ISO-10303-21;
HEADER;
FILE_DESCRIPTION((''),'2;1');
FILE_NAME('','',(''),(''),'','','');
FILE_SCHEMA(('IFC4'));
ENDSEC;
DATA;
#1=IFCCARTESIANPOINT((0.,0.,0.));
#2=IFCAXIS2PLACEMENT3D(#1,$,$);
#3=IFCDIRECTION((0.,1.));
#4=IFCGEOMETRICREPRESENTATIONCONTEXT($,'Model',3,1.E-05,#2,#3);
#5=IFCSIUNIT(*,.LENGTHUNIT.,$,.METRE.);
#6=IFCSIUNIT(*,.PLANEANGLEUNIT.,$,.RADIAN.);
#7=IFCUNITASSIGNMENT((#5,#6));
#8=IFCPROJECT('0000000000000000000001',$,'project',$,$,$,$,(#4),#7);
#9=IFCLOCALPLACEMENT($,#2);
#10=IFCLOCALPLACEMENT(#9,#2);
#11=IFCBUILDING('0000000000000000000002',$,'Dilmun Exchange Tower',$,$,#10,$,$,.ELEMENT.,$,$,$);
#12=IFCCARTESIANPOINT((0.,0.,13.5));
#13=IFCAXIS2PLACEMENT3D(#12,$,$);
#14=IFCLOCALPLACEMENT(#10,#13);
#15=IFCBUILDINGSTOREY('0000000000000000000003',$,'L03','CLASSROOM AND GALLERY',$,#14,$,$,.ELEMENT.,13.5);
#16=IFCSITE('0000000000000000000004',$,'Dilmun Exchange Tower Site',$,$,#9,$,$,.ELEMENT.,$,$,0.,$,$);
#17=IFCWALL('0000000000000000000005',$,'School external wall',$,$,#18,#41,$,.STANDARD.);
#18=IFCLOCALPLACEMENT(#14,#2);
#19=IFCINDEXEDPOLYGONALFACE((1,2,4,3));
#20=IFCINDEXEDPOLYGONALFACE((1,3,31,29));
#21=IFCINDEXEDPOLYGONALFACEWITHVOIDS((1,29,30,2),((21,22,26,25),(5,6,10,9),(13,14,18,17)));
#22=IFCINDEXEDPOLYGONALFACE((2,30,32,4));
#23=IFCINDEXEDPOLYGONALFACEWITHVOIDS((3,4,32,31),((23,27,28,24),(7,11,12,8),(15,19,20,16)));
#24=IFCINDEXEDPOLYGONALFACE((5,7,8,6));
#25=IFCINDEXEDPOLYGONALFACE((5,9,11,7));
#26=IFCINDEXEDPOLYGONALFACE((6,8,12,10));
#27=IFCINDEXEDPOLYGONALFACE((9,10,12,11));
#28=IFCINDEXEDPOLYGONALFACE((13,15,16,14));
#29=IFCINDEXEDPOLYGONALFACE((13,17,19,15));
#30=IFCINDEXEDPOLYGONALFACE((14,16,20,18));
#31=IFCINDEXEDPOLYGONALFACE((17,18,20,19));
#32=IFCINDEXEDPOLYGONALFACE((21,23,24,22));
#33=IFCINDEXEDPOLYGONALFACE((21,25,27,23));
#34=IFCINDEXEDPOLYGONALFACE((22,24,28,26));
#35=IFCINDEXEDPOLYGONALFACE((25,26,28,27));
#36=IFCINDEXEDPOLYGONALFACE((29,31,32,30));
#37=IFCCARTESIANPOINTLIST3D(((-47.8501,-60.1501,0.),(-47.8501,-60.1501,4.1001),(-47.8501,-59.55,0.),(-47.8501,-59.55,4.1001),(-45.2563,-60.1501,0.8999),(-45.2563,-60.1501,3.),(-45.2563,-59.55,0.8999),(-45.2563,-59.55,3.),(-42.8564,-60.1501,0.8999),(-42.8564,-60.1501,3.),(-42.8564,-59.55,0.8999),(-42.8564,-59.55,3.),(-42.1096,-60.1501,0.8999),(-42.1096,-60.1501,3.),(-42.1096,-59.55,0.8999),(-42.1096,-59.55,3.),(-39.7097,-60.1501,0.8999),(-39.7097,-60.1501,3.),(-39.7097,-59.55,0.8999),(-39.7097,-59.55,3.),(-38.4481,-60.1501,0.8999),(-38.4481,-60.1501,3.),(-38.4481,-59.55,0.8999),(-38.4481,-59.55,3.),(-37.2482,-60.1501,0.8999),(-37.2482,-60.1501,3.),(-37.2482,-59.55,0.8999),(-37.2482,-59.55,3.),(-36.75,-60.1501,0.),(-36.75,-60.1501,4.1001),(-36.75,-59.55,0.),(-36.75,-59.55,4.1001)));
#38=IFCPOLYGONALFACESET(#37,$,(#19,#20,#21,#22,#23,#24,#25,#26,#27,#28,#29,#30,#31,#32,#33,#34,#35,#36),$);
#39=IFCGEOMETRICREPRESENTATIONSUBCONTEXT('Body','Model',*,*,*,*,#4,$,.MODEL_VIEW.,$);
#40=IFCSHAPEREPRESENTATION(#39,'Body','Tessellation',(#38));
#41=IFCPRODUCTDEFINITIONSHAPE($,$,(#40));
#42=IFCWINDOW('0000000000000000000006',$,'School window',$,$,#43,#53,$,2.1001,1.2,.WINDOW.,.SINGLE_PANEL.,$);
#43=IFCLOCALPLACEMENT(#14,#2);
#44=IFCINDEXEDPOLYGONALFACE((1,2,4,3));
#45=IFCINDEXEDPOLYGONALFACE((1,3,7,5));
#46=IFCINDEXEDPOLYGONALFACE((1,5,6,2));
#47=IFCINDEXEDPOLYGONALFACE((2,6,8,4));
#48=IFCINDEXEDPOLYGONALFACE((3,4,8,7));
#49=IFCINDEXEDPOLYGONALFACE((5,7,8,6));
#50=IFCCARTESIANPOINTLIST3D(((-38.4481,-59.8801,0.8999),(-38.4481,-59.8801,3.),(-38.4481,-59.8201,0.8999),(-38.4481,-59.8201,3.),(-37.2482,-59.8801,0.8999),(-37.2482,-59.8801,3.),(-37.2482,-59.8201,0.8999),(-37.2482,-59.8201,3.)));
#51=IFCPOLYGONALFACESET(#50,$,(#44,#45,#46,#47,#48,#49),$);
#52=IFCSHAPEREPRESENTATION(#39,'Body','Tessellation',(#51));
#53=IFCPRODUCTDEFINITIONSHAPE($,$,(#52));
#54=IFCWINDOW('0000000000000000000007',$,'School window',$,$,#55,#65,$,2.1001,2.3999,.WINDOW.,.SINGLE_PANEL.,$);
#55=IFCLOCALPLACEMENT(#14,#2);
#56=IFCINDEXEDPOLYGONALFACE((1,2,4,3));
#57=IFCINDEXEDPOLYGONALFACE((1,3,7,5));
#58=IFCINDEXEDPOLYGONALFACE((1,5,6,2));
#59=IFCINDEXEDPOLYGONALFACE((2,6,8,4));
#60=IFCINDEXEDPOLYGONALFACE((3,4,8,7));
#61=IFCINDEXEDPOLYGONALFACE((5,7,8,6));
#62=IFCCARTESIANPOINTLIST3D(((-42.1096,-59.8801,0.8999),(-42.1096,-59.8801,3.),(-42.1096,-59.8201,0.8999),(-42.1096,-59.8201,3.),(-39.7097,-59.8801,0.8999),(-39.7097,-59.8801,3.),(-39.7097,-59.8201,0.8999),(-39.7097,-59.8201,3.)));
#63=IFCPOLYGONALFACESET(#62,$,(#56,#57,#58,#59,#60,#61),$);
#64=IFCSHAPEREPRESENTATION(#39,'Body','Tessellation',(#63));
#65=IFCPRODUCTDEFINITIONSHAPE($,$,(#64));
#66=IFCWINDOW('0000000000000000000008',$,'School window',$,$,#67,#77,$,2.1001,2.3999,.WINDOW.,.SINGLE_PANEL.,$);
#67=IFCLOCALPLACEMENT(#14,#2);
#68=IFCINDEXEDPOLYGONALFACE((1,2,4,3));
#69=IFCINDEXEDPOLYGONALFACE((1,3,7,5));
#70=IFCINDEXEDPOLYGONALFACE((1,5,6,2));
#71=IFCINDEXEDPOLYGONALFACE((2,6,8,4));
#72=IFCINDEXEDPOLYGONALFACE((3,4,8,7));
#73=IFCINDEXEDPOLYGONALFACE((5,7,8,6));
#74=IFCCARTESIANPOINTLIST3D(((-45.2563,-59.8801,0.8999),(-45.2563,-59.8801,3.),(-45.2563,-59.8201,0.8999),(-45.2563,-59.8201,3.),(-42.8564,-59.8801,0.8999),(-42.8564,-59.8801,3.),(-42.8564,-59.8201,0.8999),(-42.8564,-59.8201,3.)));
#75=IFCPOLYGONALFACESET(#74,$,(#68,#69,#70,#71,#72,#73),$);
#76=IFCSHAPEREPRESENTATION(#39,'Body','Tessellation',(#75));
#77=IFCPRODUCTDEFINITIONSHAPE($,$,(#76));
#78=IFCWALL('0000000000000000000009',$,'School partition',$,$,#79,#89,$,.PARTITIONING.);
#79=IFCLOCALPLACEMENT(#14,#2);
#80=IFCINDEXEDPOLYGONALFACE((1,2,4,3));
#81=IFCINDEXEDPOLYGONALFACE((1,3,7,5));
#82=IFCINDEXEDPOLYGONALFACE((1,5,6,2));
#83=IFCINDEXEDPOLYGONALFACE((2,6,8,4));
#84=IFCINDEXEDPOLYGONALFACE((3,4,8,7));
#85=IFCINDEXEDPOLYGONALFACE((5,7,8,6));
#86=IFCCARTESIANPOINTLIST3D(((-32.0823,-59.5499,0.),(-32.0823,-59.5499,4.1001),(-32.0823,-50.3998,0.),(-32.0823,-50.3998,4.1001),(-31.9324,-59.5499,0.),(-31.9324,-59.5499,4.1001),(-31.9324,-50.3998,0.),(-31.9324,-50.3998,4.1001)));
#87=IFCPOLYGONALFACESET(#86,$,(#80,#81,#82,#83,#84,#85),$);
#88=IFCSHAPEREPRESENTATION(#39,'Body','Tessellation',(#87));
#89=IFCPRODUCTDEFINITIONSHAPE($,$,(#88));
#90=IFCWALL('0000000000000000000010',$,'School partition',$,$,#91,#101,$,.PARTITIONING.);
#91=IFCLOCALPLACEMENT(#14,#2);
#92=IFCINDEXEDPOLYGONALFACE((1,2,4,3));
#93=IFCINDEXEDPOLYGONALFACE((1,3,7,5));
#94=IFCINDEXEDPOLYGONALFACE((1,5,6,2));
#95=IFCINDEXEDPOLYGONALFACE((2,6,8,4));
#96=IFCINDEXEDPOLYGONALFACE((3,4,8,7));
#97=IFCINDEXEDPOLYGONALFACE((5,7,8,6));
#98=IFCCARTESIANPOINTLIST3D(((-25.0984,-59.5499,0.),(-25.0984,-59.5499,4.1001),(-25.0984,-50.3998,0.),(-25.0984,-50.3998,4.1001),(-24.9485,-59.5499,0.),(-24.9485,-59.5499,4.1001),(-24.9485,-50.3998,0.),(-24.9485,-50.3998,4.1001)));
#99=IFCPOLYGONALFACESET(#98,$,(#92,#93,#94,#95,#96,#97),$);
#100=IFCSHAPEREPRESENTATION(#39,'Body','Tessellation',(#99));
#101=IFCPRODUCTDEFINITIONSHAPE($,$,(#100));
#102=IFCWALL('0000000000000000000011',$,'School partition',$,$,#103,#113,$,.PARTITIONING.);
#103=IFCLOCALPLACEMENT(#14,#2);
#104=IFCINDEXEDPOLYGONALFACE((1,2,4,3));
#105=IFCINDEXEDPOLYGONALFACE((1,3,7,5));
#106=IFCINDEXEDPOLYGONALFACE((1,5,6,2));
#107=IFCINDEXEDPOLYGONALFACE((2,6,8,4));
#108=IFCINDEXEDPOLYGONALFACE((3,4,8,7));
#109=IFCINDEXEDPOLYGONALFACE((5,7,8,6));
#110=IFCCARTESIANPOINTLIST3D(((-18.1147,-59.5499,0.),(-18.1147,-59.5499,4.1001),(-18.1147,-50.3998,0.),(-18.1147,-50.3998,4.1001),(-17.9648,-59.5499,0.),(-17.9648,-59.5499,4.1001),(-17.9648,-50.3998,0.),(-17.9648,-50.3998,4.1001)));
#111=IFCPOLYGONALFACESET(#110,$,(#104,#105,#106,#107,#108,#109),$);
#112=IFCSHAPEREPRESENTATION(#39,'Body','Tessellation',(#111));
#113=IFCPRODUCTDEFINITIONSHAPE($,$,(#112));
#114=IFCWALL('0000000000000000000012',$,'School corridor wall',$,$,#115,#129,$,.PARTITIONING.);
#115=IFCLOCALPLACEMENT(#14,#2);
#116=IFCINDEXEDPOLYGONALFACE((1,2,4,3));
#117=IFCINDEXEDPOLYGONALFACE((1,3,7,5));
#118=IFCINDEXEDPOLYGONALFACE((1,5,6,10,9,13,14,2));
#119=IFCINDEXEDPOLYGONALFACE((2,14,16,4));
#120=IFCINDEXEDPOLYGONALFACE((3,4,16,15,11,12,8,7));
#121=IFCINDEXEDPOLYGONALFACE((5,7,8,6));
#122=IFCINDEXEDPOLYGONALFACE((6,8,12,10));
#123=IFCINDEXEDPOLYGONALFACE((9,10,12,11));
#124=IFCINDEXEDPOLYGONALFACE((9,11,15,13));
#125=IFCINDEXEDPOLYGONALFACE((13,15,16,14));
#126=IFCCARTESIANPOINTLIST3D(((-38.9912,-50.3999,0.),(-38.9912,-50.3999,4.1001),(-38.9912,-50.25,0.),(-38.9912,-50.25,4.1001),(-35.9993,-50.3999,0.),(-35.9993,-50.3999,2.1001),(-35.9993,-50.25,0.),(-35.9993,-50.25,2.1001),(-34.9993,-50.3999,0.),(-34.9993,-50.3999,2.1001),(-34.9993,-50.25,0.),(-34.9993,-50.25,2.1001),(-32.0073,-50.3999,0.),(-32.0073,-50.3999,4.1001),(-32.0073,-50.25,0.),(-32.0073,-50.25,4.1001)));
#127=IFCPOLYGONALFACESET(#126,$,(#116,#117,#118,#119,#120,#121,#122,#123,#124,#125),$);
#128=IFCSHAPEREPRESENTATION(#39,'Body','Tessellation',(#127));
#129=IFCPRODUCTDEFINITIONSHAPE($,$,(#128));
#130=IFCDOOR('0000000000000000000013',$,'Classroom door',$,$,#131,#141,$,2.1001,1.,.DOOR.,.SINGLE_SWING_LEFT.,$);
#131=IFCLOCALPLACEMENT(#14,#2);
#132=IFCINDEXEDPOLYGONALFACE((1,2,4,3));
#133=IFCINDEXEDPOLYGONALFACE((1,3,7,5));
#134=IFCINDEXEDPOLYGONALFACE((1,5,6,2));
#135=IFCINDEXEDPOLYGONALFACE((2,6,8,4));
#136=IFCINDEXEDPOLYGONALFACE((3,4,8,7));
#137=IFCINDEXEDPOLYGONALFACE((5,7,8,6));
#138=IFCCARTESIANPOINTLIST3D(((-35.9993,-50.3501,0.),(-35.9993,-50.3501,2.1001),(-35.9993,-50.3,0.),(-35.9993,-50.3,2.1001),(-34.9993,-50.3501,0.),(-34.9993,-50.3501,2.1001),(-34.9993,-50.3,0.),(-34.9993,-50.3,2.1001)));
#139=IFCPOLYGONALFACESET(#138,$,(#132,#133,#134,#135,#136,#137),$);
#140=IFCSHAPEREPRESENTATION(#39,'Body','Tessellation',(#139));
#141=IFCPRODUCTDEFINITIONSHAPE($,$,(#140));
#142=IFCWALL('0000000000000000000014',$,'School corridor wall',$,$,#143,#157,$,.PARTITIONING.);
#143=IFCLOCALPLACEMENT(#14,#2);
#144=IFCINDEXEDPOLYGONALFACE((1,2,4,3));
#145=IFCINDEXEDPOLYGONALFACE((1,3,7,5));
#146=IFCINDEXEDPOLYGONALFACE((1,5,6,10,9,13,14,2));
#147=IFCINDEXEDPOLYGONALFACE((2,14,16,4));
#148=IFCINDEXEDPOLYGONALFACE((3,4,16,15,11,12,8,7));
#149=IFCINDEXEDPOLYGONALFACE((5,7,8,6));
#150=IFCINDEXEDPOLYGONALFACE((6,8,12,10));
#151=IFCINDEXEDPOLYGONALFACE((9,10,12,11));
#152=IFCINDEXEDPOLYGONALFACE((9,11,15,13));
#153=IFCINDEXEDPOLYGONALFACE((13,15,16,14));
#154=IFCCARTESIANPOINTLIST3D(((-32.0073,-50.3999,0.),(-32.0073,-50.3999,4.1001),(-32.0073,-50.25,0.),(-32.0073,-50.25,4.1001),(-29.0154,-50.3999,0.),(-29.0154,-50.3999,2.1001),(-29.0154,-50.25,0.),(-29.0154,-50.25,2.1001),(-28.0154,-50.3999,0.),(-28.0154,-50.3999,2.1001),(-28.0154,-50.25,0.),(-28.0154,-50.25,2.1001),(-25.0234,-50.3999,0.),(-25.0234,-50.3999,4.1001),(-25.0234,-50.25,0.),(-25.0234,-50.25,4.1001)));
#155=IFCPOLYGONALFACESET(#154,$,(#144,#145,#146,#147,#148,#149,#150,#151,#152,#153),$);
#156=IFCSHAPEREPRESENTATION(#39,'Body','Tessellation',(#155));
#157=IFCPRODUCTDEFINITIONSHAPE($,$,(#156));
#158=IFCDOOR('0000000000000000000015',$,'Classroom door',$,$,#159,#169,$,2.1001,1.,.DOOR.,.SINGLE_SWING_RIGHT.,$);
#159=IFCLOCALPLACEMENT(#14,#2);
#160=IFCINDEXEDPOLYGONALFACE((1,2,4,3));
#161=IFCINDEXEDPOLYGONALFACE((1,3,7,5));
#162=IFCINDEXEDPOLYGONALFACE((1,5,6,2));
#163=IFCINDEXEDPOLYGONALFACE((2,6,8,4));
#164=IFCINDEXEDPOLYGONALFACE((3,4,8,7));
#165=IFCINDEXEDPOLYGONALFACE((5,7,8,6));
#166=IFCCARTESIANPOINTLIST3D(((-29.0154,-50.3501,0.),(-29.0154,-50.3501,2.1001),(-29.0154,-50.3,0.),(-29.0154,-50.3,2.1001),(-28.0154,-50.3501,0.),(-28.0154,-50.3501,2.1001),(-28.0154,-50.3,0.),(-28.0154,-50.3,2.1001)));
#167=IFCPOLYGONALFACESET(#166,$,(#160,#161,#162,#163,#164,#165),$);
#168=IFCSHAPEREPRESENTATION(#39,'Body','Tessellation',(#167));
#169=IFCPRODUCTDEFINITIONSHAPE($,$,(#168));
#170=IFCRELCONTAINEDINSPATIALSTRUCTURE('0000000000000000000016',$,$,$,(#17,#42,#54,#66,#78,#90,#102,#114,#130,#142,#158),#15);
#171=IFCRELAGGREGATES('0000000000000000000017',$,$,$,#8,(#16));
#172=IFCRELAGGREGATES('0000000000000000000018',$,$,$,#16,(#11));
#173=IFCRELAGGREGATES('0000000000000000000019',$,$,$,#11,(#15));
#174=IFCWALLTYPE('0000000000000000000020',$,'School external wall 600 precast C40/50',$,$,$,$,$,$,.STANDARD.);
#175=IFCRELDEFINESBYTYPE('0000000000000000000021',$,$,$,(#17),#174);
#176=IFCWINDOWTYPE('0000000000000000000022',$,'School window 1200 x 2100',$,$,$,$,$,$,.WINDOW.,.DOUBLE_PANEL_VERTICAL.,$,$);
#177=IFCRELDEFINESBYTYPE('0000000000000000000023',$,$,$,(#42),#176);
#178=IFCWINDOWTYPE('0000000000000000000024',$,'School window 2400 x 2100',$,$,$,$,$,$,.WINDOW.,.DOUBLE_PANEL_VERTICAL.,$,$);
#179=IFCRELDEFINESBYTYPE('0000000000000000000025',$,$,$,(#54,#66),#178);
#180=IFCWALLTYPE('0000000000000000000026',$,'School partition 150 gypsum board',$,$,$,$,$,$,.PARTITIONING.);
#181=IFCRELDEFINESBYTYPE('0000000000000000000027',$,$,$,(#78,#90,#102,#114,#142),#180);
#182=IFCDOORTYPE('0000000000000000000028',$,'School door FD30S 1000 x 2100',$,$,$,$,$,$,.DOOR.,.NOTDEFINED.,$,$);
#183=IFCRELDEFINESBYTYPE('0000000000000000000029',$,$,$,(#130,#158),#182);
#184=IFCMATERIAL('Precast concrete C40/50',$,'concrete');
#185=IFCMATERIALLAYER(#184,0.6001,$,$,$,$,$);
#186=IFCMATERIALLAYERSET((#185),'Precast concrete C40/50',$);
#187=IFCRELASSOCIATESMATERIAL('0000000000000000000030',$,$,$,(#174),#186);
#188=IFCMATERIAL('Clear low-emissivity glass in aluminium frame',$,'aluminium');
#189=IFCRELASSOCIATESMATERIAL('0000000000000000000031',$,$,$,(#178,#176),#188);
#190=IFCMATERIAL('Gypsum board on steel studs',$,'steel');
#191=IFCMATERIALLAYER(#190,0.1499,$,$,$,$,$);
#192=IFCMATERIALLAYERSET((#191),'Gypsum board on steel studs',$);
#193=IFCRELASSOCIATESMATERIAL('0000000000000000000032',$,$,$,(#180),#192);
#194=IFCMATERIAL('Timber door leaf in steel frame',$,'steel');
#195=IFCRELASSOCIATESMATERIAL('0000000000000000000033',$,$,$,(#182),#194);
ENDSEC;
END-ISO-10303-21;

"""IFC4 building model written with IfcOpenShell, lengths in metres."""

from ifc_helpers import new_model, si_unit, direction, frame, frame_2d, origin, place, context, subcontext, project, spatial, rectangle, extrude, material, layer, layer_set, type_object, element, fill, save


model = new_model("IFC4")

# Units and contexts
model_context = context("Model", 3, precision=1e-05, world=origin(), true_north=direction((0.0, 1.0)))
body_context = subcontext(model_context, "Body", "Model", "MODEL_VIEW")
ifc_project = project(units=[si_unit("LENGTHUNIT", "METRE"), si_unit("PLANEANGLEUNIT", "RADIAN")], contexts=[model_context])

# Site, building, storey
site_placement = place(None, origin())
site = spatial("IfcSite", under=ifc_project, at=site_placement, Name="Dilmun Exchange Tower Site", CompositionType="ELEMENT", RefElevation=0.0)
building_placement = place(site_placement, origin())
building = spatial("IfcBuilding", under=site, at=building_placement, Name="Dilmun Exchange Tower", CompositionType="ELEMENT")
storey_placement = place(building_placement, frame((0.0, 0.0, 13.5)))
storey = spatial("IfcBuildingStorey", under=building, at=storey_placement, Name="L03", Description="CLASSROOM AND GALLERY", CompositionType="ELEMENT", Elevation=13.5)

# Wall, openings, windows
ifc_material_1 = material(Name="Precast concrete C40/50", Category="concrete")
ifc_layer_1 = layer(ifc_material_1, 0.6001)
ifc_layer_set_1 = layer_set([ifc_layer_1], Name="Precast concrete C40/50")
wall_type_1 = type_object("IfcWallType", Name="School external wall 600 precast C40/50", PredefinedType="STANDARD", material=ifc_layer_set_1)
ifc_material_2 = material(Name="Clear low-emissivity glass in aluminium frame", Category="aluminium")
window_type_1 = type_object("IfcWindowType", Name="School window 2400 x 2100", PartitioningType="DOUBLE_PANEL_VERTICAL", PredefinedType="WINDOW", material=ifc_material_2)
wall_1_placement = place(storey_placement, frame((-36.75, -59.8501, 0.0), z_axis=(0.0, 0.0, 1.0), x_axis=(-1.0, 0.0, 0.0)))
wall_1 = element("IfcWall", 1, at=wall_1_placement, inside=storey, type_object=wall_type_1, Name="School external wall", PredefinedType="STANDARD", context=body_context, shape_type="SweptSolid", body=[
    extrude(rectangle(XDim=11.1001, YDim=0.6001, at=frame_2d((5.55, 0.0))), origin(), (0.0, 0.0, 1.0), 4.1001),
])
opening_1_placement = place(wall_1_placement, frame((2.9597, 0.0, 0.8999)))
opening_1 = element("IfcOpeningElement", 2, at=opening_1_placement, cuts=wall_1, PredefinedType="OPENING", context=body_context, shape_type="SweptSolid", body=[
    extrude(rectangle(XDim=2.3999, YDim=2.1001, at=frame_2d((1.2, 1.05))), frame((0.0, 0.3101, 0.0), z_axis=(0.0, -1.0, 0.0), x_axis=(1.0, 0.0, 0.0)), (0.0, 0.0, 1.0), 0.6201),
])
opening_2_placement = place(wall_1_placement, frame((6.1064, 0.0, 0.8999)))
opening_2 = element("IfcOpeningElement", 3, at=opening_2_placement, cuts=wall_1, PredefinedType="OPENING", context=body_context, shape_type="SweptSolid", body=[
    extrude(rectangle(XDim=2.3999, YDim=2.1001, at=frame_2d((1.2, 1.05))), frame((0.0, 0.3101, 0.0), z_axis=(0.0, -1.0, 0.0), x_axis=(1.0, 0.0, 0.0)), (0.0, 0.0, 1.0), 0.6201),
])
opening_3_placement = place(wall_1_placement, frame((0.498, 0.0, 0.8999)))
opening_3 = element("IfcOpeningElement", 4, at=opening_3_placement, cuts=wall_1, PredefinedType="OPENING", context=body_context, shape_type="SweptSolid", body=[
    extrude(rectangle(XDim=1.2, YDim=2.1001, at=frame_2d((0.6001, 1.05))), frame((0.0, 0.3101, 0.0), z_axis=(0.0, -1.0, 0.0), x_axis=(1.0, 0.0, 0.0)), (0.0, 0.0, 1.0), 0.6201),
])
window_type_2 = type_object("IfcWindowType", Name="School window 1200 x 2100", PartitioningType="DOUBLE_PANEL_VERTICAL", PredefinedType="WINDOW", material=ifc_material_2)
window_1_placement = place(opening_3_placement, origin())
window_1 = element("IfcWindow", 5, at=window_1_placement, inside=storey, type_object=window_type_2, Name="School window", OverallHeight=2.1001, OverallWidth=1.2, PartitioningType="SINGLE_PANEL", PredefinedType="WINDOW", context=body_context, shape_type="SweptSolid", body=[
    extrude(rectangle(XDim=1.2, YDim=2.1001, at=frame_2d((0.6001, 1.05))), frame((0.0, 0.03, 0.0), z_axis=(0.0, -1.0, 0.0), x_axis=(1.0, 0.0, 0.0)), (0.0, 0.0, 1.0), 0.0601),
])
fill(opening_3, window_1)
window_2_placement = place(opening_1_placement, origin())
window_2 = element("IfcWindow", 6, at=window_2_placement, inside=storey, type_object=window_type_1, Name="School window", OverallHeight=2.1001, OverallWidth=2.3999, PartitioningType="SINGLE_PANEL", PredefinedType="WINDOW", context=body_context, shape_type="SweptSolid", body=[
    extrude(rectangle(XDim=2.3999, YDim=2.1001, at=frame_2d((1.2, 1.05))), frame((0.0, 0.03, 0.0), z_axis=(0.0, -1.0, 0.0), x_axis=(1.0, 0.0, 0.0)), (0.0, 0.0, 1.0), 0.0601),
])
fill(opening_1, window_2)
window_3_placement = place(opening_2_placement, origin())
window_3 = element("IfcWindow", 7, at=window_3_placement, inside=storey, type_object=window_type_1, Name="School window", OverallHeight=2.1001, OverallWidth=2.3999, PartitioningType="SINGLE_PANEL", PredefinedType="WINDOW", context=body_context, shape_type="SweptSolid", body=[
    extrude(rectangle(XDim=2.3999, YDim=2.1001, at=frame_2d((1.2, 1.05))), frame((0.0, 0.03, 0.0), z_axis=(0.0, -1.0, 0.0), x_axis=(1.0, 0.0, 0.0)), (0.0, 0.0, 1.0), 0.0601),
])
fill(opening_2, window_3)

# Walls
ifc_material_3 = material(Name="Gypsum board on steel studs", Category="steel")
ifc_layer_2 = layer(ifc_material_3, 0.1499)
ifc_layer_set_2 = layer_set([ifc_layer_2], Name="Gypsum board on steel studs")
wall_type_2 = type_object("IfcWallType", Name="School partition 150 gypsum board", PredefinedType="PARTITIONING", material=ifc_layer_set_2)
for number, where, z_axis, x_axis, name in (
    (8, (-32.0073, -59.55, 0.0), (0.0, 0.0, 1.0), (0.0, 1.0, 0.0), "School partition"),
    (9, (-25.0234, -59.55, 0.0), (0.0, 0.0, 1.0), (0.0, 1.0, 0.0), "School partition"),
    (10, (-18.0398, -59.55, 0.0), (0.0, 0.0, 1.0), (0.0, 1.0, 0.0), "School partition"),
):
    element("IfcWall", number, at=place(storey_placement, frame(where, z_axis=z_axis, x_axis=x_axis)), inside=storey, type_object=wall_type_2, Name=name, PredefinedType="PARTITIONING", context=body_context, shape_type="SweptSolid", body=[
        extrude(rectangle(XDim=9.1501, YDim=0.1499, at=frame_2d((4.5752, 0.0))), origin(), (0.0, 0.0, 1.0), 4.1001),
    ])

# Walls, openings, doors
wall_2_placement = place(storey_placement, frame((-38.9912, -50.325, 0.0), z_axis=(0.0, 0.0, 1.0), x_axis=(1.0, 0.0, 0.0)))
wall_2 = element("IfcWall", 11, at=wall_2_placement, inside=storey, type_object=wall_type_2, Name="School corridor wall", PredefinedType="PARTITIONING", context=body_context, shape_type="SweptSolid", body=[
    extrude(rectangle(XDim=6.9839, YDim=0.1499, at=frame_2d((3.4919, 0.0))), origin(), (0.0, 0.0, 1.0), 4.1001),
])
opening_4_placement = place(wall_2_placement, frame((2.9919, 0.0, 0.0)))
opening_4 = element("IfcOpeningElement", 12, at=opening_4_placement, cuts=wall_2, PredefinedType="OPENING", context=body_context, shape_type="SweptSolid", body=[
    extrude(rectangle(XDim=1.0, YDim=2.1001, at=frame_2d((0.5, 1.05))), frame((0.0, 0.085, 0.0), z_axis=(0.0, -1.0, 0.0), x_axis=(1.0, 0.0, 0.0)), (0.0, 0.0, 1.0), 0.1699),
])
ifc_material_4 = material(Name="Timber door leaf in steel frame", Category="steel")
door_type = type_object("IfcDoorType", Name="School door FD30S 1000 x 2100", OperationType="NOTDEFINED", PredefinedType="DOOR", material=ifc_material_4)
door_1_placement = place(opening_4_placement, origin())
door_1 = element("IfcDoor", 13, at=door_1_placement, inside=storey, type_object=door_type, Name="Classroom door", OperationType="SINGLE_SWING_LEFT", OverallHeight=2.1001, OverallWidth=1.0, PredefinedType="DOOR", context=body_context, shape_type="SweptSolid", body=[
    extrude(rectangle(XDim=1.0, YDim=2.1001, at=frame_2d((0.5, 1.05))), frame((0.0, 0.0249, 0.0), z_axis=(0.0, -1.0, 0.0), x_axis=(1.0, 0.0, 0.0)), (0.0, 0.0, 1.0), 0.05),
])
fill(opening_4, door_1)
wall_3_placement = place(storey_placement, frame((-32.0073, -50.325, 0.0), z_axis=(0.0, 0.0, 1.0), x_axis=(1.0, 0.0, 0.0)))
wall_3 = element("IfcWall", 14, at=wall_3_placement, inside=storey, type_object=wall_type_2, Name="School corridor wall", PredefinedType="PARTITIONING", context=body_context, shape_type="SweptSolid", body=[
    extrude(rectangle(XDim=6.9839, YDim=0.1499, at=frame_2d((3.4919, 0.0))), origin(), (0.0, 0.0, 1.0), 4.1001),
])
opening_5_placement = place(wall_3_placement, frame((2.9919, 0.0, 0.0)))
opening_5 = element("IfcOpeningElement", 15, at=opening_5_placement, cuts=wall_3, PredefinedType="OPENING", context=body_context, shape_type="SweptSolid", body=[
    extrude(rectangle(XDim=1.0, YDim=2.1001, at=frame_2d((0.5, 1.05))), frame((0.0, 0.085, 0.0), z_axis=(0.0, -1.0, 0.0), x_axis=(1.0, 0.0, 0.0)), (0.0, 0.0, 1.0), 0.1699),
])
door_2_placement = place(opening_5_placement, origin())
door_2 = element("IfcDoor", 16, at=door_2_placement, inside=storey, type_object=door_type, Name="Classroom door", OperationType="SINGLE_SWING_RIGHT", OverallHeight=2.1001, OverallWidth=1.0, PredefinedType="DOOR", context=body_context, shape_type="SweptSolid", body=[
    extrude(rectangle(XDim=1.0, YDim=2.1001, at=frame_2d((0.5, 1.05))), frame((0.0, 0.0249, 0.0), z_axis=(0.0, -1.0, 0.0), x_axis=(1.0, 0.0, 0.0)), (0.0, 0.0, 1.0), 0.05),
])
fill(opening_5, door_2)

save(model, "model.ifc")
